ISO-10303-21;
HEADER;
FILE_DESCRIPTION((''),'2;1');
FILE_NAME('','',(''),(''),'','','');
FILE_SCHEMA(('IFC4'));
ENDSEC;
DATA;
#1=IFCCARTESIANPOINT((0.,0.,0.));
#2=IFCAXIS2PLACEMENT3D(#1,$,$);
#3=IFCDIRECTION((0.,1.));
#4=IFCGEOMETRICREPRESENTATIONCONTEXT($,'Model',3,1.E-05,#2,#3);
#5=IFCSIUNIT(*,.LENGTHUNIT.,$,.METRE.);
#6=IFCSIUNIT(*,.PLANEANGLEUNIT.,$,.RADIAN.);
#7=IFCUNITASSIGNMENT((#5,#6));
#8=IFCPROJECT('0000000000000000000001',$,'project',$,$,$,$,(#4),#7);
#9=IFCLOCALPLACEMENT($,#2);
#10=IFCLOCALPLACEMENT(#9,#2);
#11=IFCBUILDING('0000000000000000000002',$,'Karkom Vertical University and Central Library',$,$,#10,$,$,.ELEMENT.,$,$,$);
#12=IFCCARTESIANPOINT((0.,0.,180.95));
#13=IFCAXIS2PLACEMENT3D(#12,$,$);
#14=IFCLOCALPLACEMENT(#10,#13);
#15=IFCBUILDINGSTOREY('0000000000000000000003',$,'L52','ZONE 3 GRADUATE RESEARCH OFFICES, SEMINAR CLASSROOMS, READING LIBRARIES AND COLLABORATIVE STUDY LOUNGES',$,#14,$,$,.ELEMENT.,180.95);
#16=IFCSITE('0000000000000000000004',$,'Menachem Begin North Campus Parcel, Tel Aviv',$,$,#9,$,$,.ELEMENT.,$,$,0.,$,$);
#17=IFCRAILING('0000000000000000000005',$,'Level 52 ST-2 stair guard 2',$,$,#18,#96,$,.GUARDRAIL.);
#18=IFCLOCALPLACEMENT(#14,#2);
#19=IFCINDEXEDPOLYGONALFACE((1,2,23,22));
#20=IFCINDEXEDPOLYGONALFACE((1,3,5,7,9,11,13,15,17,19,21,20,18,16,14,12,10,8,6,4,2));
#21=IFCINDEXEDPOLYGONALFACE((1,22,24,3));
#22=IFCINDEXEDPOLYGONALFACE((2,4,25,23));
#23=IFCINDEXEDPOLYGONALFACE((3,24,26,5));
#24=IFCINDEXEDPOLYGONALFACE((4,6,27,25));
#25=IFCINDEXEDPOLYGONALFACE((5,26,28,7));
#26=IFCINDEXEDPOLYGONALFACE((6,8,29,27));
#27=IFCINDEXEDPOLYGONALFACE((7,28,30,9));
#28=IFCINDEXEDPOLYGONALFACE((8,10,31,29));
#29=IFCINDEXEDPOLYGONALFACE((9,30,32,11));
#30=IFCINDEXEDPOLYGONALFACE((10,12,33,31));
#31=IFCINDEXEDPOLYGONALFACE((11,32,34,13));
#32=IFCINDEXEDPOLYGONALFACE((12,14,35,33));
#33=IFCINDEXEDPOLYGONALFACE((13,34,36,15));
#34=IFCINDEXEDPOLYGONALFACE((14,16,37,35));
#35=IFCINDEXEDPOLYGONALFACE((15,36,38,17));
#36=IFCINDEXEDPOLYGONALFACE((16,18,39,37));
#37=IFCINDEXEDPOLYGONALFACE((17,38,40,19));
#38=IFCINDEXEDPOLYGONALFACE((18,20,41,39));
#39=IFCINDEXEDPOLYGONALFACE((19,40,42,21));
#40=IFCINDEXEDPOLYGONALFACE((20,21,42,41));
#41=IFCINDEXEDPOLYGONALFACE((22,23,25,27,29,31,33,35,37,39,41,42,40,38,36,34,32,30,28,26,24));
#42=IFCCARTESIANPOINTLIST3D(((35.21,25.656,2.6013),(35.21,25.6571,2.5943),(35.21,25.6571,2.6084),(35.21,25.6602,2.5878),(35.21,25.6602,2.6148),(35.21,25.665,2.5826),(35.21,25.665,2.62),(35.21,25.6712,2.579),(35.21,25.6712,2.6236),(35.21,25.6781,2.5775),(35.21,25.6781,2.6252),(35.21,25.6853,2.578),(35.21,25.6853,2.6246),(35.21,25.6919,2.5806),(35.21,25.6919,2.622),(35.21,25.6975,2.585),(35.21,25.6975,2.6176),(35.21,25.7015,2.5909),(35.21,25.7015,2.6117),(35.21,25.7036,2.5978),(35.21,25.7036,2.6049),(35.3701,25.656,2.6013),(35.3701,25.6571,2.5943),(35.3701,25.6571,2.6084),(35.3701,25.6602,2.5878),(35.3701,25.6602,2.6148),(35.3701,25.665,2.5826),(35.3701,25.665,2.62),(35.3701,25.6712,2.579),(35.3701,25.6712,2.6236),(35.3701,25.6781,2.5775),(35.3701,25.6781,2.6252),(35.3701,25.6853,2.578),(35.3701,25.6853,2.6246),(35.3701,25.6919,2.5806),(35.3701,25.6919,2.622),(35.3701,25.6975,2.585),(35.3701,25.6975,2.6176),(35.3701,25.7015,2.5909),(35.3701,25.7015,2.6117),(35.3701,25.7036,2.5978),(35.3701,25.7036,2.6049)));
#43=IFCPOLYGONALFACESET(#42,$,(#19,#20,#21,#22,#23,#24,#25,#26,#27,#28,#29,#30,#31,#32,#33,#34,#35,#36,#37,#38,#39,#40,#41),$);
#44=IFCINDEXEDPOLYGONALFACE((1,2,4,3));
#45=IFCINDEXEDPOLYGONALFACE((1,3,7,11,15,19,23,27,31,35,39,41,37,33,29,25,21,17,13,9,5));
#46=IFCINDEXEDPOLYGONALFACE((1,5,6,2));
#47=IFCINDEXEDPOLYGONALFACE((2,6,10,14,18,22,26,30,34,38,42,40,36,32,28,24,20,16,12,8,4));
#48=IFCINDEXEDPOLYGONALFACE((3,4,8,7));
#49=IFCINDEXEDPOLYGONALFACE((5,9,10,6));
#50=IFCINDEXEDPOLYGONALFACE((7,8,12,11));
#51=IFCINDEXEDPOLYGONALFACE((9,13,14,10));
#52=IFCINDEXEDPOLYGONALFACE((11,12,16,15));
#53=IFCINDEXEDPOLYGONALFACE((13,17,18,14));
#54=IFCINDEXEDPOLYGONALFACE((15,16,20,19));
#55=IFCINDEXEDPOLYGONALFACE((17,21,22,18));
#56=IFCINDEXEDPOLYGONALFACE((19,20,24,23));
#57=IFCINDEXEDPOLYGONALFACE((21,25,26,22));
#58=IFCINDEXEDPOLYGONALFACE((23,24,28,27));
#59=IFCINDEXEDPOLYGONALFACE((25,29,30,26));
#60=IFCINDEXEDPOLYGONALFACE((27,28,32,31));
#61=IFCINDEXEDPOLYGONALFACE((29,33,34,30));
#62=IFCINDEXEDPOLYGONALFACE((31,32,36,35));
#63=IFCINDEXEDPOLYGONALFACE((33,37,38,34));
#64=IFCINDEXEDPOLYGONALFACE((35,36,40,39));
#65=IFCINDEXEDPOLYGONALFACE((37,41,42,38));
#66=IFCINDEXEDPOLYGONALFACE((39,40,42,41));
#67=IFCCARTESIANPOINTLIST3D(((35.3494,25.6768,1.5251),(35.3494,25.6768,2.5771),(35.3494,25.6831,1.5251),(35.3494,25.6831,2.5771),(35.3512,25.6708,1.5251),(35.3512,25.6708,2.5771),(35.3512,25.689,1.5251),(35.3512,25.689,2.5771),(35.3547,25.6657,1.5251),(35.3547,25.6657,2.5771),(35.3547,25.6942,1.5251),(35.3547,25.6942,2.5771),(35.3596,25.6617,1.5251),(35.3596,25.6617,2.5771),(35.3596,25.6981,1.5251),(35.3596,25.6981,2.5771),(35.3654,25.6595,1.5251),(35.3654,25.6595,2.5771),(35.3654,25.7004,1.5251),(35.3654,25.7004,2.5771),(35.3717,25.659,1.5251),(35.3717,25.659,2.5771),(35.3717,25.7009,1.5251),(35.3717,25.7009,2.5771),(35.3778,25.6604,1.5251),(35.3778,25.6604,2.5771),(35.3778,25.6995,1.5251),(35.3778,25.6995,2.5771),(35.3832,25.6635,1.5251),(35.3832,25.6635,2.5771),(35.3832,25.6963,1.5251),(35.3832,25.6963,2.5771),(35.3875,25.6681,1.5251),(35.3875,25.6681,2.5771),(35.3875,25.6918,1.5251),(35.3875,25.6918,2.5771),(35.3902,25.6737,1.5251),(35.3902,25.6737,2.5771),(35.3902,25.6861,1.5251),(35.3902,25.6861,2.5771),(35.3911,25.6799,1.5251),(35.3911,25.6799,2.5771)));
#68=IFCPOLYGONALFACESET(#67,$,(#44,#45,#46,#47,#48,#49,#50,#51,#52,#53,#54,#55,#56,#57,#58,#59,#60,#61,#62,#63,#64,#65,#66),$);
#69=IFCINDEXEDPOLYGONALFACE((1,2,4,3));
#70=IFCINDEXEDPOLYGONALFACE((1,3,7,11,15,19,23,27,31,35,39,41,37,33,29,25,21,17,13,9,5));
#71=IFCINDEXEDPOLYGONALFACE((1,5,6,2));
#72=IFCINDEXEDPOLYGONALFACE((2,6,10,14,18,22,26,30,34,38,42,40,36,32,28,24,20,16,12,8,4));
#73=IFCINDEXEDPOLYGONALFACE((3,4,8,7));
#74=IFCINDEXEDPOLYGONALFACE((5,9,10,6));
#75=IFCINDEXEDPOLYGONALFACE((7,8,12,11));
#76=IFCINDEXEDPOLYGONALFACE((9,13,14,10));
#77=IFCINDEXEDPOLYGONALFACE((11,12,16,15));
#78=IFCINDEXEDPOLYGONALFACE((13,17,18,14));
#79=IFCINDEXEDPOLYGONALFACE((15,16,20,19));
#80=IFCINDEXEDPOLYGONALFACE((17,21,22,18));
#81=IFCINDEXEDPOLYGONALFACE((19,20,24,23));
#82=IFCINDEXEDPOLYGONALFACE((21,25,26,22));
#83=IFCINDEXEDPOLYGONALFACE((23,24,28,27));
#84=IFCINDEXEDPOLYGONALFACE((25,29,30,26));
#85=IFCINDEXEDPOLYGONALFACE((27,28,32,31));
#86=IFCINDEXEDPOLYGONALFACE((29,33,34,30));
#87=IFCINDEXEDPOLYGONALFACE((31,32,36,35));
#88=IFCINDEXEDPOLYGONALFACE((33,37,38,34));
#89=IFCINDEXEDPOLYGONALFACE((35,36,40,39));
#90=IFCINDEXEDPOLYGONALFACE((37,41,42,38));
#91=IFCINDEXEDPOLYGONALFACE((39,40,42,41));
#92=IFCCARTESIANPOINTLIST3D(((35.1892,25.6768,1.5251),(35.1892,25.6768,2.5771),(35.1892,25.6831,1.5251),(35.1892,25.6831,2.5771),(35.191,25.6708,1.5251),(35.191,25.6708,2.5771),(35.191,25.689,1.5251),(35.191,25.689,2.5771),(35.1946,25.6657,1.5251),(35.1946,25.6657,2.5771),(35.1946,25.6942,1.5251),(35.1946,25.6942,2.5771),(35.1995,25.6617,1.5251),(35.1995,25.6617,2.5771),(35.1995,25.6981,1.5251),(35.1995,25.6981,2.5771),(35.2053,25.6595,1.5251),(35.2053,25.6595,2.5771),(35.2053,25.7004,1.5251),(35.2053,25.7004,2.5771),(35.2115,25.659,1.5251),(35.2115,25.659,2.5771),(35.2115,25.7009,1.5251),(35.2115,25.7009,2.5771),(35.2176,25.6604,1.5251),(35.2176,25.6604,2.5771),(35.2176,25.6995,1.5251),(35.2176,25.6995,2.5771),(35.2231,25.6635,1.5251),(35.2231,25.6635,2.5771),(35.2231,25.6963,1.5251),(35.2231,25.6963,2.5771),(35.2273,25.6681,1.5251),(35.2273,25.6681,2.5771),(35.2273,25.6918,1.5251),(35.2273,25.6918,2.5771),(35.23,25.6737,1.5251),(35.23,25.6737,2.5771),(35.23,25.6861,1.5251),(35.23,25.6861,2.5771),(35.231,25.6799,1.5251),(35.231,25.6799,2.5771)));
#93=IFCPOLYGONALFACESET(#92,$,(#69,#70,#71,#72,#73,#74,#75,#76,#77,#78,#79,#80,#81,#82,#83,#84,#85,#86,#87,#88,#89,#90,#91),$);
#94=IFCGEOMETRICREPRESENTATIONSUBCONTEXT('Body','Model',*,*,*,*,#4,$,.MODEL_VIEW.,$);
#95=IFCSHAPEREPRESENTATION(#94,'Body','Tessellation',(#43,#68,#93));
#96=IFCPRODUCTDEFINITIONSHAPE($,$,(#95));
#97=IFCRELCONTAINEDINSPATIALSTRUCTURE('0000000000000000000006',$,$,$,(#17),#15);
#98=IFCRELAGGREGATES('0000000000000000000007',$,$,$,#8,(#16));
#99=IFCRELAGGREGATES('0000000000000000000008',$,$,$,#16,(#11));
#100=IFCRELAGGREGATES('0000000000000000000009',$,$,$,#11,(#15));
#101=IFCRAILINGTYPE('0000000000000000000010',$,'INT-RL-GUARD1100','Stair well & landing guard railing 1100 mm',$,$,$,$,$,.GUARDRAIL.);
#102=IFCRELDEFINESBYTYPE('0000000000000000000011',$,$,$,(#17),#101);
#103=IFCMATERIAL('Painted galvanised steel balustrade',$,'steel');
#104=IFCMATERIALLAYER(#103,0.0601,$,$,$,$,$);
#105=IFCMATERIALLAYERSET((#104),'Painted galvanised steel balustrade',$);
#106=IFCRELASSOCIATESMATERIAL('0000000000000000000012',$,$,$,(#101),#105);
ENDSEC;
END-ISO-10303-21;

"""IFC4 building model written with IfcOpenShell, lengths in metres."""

from ifc_helpers import new_model, si_unit, direction, frame, origin, origin_2d, place, context, subcontext, project, spatial, circle, extrude, material, layer, layer_set, type_object, element, save


model = new_model("IFC4")

# Units and contexts
model_context = context("Model", 3, precision=1e-05, world=origin(), true_north=direction((0.0, 1.0)))
body_context = subcontext(model_context, "Body", "Model", "MODEL_VIEW")
ifc_project = project(units=[si_unit("LENGTHUNIT", "METRE"), si_unit("PLANEANGLEUNIT", "RADIAN")], contexts=[model_context])

# Site, building, storey
site_placement = place(None, origin())
site = spatial("IfcSite", under=ifc_project, at=site_placement, Name="Menachem Begin North Campus Parcel, Tel Aviv", CompositionType="ELEMENT", RefElevation=0.0)
building_placement = place(site_placement, origin())
building = spatial("IfcBuilding", under=site, at=building_placement, Name="Karkom Vertical University and Central Library", CompositionType="ELEMENT")
storey_placement = place(building_placement, frame((0.0, 0.0, 180.95)))
storey = spatial("IfcBuildingStorey", under=building, at=storey_placement, Name="L52", Description="ZONE 3 GRADUATE RESEARCH OFFICES, SEMINAR CLASSROOMS, READING LIBRARIES AND COLLABORATIVE STUDY LOUNGES", CompositionType="ELEMENT", Elevation=180.95)

# Railing
ifc_material_1 = material(Name="Painted galvanised steel balustrade", Category="steel")
ifc_layer_1 = layer(ifc_material_1, 0.0601)
ifc_layer_set_1 = layer_set([ifc_layer_1], Name="Painted galvanised steel balustrade")
railing_type_1 = type_object("IfcRailingType", Name="INT-RL-GUARD1100", Description="Stair well & landing guard railing 1100 mm", PredefinedType="GUARDRAIL", material=ifc_layer_set_1)
railing_1_placement = place(storey_placement, frame((35.3701, 25.6799, 1.5251)))
element("IfcRailing", 1, at=railing_1_placement, inside=storey, type_object=railing_type_1, Name="Level 52 ST-2 stair guard 2", PredefinedType="GUARDRAIL", context=body_context, shape_type="SweptSolid", body=[
    extrude(circle(Radius=0.0239, at=origin_2d()), frame((0.0, 0.0, 1.0762), z_axis=(-1.0, 0.0, 0.0), x_axis=(0.0, -1.0, 0.0)), (0.0, 0.0, 1.0), 0.1602),
    extrude(circle(Radius=0.021, at=origin_2d()), origin(), (0.0, 0.0, 1.0), 1.052),
    extrude(circle(Radius=0.021, at=origin_2d()), frame((-0.1602, 0.0, 0.0)), (0.0, 0.0, 1.0), 1.052),
])

save(model, "model.ifc")
